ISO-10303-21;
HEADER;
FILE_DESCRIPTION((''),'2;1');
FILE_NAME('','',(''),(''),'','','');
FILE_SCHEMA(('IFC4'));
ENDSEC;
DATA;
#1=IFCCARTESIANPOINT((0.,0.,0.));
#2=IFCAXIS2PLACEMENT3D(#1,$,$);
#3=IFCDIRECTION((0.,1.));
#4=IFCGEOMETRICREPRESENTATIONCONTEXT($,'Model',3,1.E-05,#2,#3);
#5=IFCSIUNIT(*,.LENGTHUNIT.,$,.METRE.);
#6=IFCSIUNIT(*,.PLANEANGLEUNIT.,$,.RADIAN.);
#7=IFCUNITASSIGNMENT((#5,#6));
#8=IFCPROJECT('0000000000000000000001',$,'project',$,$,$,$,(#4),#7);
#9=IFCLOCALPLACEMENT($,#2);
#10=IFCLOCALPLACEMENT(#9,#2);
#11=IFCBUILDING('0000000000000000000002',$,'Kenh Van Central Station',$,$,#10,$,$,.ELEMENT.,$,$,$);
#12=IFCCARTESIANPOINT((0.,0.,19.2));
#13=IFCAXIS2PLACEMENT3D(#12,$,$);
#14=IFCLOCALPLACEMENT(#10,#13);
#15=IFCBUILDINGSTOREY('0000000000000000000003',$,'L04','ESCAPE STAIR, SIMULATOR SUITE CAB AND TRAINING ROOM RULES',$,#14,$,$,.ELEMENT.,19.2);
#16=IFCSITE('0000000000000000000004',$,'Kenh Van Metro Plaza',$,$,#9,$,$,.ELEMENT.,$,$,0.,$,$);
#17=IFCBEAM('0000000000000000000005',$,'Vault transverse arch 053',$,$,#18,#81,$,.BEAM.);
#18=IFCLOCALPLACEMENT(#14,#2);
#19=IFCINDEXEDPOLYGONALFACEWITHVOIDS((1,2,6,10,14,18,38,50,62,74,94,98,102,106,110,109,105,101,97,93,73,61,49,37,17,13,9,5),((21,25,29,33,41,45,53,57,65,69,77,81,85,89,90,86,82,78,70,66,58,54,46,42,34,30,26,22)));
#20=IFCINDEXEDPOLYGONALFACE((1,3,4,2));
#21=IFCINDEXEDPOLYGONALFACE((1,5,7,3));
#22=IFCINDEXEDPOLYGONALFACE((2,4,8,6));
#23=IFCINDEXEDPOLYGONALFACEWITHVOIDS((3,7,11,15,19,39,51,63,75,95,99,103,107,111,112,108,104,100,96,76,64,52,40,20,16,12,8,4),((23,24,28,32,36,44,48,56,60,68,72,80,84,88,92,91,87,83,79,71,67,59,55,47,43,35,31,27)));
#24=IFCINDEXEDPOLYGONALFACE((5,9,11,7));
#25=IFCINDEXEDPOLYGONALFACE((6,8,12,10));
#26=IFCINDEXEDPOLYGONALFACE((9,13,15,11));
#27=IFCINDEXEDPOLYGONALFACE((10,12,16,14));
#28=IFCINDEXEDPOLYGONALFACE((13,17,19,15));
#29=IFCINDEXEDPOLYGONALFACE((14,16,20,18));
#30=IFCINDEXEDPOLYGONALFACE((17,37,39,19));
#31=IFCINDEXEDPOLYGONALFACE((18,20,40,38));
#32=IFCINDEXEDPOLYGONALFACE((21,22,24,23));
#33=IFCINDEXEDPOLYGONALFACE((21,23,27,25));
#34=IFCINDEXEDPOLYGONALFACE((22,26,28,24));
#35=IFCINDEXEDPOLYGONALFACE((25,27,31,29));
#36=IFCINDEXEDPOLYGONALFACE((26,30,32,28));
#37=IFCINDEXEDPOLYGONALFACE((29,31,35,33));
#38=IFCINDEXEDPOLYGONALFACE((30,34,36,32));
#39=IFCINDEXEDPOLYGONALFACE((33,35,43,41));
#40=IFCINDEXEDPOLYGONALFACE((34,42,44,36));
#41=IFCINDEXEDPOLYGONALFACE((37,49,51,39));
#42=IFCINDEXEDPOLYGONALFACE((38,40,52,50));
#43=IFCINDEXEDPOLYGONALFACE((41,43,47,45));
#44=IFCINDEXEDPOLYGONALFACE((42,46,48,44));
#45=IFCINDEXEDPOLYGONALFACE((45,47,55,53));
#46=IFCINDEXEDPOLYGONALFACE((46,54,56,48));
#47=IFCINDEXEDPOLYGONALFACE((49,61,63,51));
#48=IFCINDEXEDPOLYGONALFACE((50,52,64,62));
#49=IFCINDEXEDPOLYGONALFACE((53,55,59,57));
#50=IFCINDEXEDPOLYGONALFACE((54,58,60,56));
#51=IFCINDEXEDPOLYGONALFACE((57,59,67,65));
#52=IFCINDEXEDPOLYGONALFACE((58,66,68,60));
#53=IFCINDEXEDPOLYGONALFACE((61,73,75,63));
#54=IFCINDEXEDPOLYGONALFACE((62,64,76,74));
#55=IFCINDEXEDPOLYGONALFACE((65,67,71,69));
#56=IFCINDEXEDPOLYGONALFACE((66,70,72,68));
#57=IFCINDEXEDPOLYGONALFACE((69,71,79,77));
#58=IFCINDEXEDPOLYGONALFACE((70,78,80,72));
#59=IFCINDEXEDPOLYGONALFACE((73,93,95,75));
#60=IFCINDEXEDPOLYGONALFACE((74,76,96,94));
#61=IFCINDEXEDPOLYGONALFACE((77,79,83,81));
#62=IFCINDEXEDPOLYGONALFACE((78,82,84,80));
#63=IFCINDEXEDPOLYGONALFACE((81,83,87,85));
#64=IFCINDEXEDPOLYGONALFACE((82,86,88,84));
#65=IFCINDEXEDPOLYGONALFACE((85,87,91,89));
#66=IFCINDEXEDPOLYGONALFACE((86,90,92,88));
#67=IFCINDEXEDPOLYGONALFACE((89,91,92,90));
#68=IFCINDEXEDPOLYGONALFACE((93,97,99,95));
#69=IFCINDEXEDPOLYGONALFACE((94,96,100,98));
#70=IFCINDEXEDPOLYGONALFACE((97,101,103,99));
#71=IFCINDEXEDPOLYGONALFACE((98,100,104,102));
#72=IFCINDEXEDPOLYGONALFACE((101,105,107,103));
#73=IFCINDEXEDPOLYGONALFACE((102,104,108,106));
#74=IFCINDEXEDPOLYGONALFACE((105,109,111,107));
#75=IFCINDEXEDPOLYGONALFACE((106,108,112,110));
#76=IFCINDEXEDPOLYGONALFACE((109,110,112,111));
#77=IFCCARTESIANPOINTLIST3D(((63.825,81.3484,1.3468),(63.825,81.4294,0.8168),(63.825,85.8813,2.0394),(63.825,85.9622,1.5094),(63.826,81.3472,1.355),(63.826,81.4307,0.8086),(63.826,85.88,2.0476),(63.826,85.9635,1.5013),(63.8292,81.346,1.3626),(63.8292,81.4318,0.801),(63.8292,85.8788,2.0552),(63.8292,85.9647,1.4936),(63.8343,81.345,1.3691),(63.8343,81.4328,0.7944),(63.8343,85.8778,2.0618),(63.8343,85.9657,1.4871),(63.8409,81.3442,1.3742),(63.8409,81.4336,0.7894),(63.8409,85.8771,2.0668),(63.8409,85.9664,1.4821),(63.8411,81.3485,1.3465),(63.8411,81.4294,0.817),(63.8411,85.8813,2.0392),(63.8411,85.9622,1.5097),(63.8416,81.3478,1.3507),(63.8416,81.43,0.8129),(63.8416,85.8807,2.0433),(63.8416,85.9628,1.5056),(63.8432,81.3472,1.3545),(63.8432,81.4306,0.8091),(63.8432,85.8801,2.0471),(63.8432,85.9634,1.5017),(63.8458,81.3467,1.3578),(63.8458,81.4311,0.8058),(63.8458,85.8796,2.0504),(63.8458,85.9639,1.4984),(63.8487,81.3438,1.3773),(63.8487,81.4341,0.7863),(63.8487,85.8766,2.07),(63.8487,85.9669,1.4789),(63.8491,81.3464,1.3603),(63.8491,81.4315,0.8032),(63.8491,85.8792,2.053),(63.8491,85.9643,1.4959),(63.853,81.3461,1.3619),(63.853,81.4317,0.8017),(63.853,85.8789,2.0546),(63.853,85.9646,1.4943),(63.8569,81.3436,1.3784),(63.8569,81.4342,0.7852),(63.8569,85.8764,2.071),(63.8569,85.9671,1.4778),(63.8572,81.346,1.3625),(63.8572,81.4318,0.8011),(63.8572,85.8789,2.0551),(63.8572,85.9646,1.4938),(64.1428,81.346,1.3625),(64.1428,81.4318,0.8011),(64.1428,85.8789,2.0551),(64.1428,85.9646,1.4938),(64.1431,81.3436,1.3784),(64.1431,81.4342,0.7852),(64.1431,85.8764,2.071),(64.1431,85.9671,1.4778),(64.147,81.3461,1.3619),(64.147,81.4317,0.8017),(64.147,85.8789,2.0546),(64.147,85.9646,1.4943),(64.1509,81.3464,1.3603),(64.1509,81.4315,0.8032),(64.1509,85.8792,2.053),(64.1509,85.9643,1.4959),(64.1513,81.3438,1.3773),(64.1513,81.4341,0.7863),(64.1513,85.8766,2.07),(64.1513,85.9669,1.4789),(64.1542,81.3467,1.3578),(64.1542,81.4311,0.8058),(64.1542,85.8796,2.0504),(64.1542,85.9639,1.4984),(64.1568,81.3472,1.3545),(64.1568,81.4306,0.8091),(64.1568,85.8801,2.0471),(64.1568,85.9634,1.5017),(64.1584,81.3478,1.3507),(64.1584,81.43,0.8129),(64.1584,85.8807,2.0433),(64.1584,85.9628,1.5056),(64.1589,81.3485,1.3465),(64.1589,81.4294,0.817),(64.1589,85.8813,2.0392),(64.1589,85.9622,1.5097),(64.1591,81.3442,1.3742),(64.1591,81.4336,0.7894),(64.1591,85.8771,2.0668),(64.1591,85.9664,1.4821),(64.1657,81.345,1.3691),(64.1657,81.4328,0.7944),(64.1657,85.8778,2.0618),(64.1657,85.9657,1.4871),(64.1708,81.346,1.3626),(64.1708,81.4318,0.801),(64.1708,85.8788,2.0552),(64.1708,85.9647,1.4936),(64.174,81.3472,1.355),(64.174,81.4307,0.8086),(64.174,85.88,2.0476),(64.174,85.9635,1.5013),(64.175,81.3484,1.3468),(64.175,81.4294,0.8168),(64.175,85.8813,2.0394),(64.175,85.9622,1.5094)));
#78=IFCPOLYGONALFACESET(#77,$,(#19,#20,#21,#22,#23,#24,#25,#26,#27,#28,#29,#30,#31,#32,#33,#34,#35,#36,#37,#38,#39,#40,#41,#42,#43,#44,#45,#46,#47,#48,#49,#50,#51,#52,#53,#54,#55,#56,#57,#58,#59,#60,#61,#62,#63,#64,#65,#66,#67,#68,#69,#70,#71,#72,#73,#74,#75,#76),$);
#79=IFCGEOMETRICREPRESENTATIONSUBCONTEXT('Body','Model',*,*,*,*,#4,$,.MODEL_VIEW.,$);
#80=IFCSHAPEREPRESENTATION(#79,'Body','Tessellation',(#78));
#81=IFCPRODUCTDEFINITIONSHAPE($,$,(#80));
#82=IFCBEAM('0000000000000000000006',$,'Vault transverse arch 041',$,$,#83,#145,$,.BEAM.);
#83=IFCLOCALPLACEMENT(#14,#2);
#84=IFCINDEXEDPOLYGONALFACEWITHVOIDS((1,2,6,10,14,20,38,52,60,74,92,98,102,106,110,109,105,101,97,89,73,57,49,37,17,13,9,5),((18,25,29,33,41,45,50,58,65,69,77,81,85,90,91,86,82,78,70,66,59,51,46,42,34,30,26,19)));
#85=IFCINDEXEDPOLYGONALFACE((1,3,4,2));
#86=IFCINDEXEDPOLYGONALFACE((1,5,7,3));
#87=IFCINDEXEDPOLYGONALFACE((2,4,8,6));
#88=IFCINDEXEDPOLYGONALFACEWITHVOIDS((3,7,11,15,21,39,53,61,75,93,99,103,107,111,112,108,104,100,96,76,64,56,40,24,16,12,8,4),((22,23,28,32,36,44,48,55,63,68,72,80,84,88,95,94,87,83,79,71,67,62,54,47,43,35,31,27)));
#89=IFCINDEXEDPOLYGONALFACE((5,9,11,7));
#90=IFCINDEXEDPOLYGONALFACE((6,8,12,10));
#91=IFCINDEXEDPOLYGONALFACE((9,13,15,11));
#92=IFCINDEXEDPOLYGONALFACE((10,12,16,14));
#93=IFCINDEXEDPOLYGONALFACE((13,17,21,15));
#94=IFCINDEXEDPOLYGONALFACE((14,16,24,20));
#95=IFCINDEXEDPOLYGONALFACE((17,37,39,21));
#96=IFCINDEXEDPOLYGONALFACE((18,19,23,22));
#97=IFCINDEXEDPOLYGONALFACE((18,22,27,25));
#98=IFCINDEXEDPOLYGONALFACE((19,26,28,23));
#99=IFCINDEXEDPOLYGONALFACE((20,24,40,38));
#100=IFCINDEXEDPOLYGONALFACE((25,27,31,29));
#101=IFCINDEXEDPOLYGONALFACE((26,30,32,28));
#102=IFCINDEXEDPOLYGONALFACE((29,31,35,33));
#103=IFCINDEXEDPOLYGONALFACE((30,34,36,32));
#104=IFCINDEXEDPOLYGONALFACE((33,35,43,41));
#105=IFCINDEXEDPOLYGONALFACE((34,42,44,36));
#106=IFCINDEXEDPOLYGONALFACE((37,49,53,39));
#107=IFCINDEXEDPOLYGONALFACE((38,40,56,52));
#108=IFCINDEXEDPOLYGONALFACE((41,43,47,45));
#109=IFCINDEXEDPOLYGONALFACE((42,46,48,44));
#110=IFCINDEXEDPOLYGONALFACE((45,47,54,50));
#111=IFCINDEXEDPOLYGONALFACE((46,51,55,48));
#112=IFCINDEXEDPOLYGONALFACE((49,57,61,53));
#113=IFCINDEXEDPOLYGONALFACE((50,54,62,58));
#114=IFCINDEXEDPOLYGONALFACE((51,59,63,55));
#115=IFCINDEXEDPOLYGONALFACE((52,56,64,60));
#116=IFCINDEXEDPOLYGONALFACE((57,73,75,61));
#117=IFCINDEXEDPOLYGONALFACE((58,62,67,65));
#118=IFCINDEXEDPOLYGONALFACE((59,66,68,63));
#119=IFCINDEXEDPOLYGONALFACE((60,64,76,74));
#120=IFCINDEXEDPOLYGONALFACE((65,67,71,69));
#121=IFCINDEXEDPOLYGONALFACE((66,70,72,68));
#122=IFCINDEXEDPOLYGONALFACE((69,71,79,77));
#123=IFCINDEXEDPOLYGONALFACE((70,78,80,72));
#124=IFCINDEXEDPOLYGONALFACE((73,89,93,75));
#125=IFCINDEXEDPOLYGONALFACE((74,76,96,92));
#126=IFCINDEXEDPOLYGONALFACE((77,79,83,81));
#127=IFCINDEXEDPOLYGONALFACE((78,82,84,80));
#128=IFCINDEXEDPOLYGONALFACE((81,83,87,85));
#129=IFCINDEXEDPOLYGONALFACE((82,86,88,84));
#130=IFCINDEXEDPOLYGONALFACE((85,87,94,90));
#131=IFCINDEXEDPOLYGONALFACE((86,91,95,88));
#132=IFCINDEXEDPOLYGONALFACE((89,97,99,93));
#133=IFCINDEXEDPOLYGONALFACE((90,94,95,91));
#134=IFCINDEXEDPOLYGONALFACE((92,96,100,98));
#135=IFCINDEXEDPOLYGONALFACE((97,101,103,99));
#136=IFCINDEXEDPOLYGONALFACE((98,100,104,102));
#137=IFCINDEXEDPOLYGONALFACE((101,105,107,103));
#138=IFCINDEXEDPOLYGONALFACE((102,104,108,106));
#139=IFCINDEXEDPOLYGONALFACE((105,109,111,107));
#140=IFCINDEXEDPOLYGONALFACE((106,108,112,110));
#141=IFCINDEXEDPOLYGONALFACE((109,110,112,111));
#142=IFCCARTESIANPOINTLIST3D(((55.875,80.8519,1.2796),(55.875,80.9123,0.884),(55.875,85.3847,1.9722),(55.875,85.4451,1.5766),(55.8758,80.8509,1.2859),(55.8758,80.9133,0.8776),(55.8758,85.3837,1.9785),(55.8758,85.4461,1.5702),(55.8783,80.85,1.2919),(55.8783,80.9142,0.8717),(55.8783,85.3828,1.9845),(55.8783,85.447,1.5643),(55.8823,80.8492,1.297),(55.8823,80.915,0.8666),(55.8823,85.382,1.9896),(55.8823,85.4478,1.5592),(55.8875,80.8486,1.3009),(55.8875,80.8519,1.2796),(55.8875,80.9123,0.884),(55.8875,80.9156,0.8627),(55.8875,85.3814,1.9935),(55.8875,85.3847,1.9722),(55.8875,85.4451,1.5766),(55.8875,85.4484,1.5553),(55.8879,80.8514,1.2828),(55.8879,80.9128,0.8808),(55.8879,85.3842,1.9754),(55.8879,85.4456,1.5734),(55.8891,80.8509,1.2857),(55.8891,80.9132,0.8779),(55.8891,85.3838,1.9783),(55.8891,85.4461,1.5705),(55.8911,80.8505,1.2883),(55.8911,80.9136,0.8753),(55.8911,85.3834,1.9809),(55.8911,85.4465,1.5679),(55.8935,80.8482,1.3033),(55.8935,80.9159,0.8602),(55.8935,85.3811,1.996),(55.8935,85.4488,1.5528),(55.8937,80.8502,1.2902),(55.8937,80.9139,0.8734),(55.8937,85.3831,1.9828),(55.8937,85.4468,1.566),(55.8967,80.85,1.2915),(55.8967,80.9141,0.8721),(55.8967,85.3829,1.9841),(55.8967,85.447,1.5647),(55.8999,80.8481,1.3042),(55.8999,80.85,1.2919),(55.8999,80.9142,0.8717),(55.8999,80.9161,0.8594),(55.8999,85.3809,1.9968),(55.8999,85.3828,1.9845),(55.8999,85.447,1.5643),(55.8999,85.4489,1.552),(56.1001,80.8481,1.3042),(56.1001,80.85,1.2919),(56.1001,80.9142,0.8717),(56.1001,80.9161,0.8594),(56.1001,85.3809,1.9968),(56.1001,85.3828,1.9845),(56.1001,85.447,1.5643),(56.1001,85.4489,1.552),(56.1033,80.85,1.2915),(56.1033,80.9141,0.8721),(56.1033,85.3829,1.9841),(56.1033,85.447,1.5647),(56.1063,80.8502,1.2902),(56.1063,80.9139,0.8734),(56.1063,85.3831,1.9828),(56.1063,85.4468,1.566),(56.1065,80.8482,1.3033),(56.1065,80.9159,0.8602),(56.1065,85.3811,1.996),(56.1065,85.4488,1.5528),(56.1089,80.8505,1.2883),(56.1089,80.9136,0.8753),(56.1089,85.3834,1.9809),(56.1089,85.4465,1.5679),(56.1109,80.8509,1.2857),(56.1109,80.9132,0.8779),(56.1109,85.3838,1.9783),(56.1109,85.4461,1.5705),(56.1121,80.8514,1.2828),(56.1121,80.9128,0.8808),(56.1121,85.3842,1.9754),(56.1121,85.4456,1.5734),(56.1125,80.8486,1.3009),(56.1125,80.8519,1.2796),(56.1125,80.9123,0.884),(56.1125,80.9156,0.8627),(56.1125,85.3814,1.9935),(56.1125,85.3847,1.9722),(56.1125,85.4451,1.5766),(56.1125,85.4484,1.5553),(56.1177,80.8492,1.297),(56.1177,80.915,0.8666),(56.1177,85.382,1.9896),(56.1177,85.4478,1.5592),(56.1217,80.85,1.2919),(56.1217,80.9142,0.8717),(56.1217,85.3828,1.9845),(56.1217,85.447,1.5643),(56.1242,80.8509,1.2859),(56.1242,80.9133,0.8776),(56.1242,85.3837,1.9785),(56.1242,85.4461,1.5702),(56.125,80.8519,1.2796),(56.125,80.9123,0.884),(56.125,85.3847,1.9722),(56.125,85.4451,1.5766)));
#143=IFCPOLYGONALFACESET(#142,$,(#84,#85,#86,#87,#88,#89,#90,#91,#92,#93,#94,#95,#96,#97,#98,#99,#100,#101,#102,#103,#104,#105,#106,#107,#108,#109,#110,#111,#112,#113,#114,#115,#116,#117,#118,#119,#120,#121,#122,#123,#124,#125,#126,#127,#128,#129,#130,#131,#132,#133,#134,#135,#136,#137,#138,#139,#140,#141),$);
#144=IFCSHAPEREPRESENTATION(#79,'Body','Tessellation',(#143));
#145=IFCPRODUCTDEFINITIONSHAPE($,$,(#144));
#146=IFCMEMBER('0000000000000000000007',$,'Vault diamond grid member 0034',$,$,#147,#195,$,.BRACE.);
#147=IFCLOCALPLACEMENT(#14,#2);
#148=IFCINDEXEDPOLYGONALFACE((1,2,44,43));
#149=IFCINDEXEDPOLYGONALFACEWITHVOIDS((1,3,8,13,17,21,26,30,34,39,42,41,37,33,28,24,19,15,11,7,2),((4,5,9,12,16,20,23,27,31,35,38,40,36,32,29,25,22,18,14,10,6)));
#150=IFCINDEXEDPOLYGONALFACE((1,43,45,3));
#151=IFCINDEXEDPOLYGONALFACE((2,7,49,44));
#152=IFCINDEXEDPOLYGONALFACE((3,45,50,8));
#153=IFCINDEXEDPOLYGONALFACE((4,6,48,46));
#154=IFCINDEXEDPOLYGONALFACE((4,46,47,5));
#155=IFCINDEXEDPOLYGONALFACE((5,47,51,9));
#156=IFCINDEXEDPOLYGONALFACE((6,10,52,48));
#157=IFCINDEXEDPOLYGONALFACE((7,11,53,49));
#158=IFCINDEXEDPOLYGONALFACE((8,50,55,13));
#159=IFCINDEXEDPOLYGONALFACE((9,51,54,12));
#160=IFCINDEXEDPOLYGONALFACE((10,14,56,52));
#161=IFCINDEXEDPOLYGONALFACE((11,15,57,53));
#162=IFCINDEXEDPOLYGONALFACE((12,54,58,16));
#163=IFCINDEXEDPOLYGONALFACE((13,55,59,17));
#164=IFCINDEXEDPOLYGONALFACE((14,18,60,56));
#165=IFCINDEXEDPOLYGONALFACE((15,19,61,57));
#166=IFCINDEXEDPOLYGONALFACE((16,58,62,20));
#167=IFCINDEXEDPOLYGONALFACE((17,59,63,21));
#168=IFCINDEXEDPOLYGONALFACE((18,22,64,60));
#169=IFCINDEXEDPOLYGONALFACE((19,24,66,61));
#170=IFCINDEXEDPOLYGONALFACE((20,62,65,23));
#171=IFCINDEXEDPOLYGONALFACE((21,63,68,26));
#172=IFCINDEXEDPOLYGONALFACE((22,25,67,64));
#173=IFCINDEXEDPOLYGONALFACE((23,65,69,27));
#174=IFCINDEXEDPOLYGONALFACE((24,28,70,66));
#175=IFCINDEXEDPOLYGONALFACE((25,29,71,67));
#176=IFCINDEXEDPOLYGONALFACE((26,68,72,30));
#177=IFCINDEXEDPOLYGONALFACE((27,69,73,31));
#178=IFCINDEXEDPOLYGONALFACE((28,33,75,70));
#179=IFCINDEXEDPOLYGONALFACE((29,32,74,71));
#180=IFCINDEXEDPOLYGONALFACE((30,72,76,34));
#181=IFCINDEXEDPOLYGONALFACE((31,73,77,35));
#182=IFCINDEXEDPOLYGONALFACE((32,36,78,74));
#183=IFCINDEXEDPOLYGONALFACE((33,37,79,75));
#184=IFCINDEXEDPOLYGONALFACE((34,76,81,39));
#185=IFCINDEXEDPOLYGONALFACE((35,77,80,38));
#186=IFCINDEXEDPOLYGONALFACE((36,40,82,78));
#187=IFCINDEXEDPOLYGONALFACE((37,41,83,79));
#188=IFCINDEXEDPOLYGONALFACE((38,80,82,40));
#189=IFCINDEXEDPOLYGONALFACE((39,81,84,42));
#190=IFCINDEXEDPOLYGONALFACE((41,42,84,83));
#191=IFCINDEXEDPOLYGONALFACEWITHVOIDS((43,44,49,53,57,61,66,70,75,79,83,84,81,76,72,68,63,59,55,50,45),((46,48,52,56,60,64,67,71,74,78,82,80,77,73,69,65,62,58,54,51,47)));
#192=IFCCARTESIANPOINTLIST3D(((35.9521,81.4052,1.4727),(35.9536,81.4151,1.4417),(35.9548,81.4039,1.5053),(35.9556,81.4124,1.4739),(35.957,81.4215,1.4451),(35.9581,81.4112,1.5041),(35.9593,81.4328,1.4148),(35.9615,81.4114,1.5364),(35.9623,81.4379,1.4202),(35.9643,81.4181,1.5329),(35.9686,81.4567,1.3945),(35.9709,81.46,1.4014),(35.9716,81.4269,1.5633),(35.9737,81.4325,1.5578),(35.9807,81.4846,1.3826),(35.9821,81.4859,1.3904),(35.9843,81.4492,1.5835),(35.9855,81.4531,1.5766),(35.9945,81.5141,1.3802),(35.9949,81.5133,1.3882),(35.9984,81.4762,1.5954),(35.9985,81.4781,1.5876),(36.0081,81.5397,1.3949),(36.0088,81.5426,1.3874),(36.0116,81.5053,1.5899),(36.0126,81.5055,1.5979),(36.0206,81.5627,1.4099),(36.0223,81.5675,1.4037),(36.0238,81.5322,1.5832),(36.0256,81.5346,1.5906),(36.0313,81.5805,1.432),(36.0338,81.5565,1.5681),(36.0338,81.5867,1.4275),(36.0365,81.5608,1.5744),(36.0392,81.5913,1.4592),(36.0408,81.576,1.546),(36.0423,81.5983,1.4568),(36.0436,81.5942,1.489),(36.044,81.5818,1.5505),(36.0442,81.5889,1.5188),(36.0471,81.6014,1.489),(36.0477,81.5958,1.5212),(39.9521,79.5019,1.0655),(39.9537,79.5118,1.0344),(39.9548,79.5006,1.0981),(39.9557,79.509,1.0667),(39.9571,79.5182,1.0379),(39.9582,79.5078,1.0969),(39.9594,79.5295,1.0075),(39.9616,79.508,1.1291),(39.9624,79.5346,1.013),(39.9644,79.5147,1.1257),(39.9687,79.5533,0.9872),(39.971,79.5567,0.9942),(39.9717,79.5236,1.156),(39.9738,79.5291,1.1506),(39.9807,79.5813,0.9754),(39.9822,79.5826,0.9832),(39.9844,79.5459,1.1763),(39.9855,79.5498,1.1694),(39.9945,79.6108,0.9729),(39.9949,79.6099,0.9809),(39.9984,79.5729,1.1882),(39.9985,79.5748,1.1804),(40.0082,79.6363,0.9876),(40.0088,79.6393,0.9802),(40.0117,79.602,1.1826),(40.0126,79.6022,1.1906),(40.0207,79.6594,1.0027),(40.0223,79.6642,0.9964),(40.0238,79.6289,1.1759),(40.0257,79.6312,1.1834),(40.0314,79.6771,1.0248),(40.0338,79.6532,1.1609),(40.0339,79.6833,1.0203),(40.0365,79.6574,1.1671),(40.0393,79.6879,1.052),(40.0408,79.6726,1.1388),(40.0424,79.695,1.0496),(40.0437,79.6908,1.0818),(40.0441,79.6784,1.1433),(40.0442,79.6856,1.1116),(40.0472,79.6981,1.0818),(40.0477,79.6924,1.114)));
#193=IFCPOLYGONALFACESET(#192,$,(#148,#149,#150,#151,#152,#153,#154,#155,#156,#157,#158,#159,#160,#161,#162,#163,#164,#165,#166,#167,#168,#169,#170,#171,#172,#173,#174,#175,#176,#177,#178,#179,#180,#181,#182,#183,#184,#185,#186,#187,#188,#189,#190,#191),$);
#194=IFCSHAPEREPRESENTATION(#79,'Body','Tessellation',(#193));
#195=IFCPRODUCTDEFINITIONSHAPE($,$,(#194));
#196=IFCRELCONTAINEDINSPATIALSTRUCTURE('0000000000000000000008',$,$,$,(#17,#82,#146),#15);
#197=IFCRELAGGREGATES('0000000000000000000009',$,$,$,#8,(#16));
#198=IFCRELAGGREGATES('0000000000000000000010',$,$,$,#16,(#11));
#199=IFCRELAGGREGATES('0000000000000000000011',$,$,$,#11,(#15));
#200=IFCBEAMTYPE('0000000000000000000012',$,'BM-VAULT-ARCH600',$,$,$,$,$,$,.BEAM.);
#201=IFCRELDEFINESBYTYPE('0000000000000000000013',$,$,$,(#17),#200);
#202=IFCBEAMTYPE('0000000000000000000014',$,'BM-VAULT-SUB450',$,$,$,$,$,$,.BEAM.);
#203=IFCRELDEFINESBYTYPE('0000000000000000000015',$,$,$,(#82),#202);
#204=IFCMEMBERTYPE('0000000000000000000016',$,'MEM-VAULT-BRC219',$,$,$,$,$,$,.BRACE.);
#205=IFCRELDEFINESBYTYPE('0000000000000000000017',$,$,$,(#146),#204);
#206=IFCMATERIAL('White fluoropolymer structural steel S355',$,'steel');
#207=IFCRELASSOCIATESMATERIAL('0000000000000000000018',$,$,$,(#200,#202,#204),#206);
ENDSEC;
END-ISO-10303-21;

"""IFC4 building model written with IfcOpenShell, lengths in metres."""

from ifc_helpers import new_model, si_unit, direction, frame, origin, origin_2d, place, context, subcontext, project, spatial, hollow_rectangle, hollow_circle, extrude, material, material_profile, profile_set, type_object, element, save


model = new_model("IFC4")

# Units and contexts
model_context = context("Model", 3, precision=1e-05, world=origin(), true_north=direction((0.0, 1.0)))
body_context = subcontext(model_context, "Body", "Model", "MODEL_VIEW")
ifc_project = project(units=[si_unit("LENGTHUNIT", "METRE"), si_unit("PLANEANGLEUNIT", "RADIAN")], contexts=[model_context])

# Site, building, storey
site_placement = place(None, origin())
site = spatial("IfcSite", under=ifc_project, at=site_placement, Name="Kenh Van Metro Plaza", CompositionType="ELEMENT", RefElevation=0.0)
building_placement = place(site_placement, origin())
building = spatial("IfcBuilding", under=site, at=building_placement, Name="Kenh Van Central Station", CompositionType="ELEMENT")
storey_placement = place(building_placement, frame((0.0, 0.0, 19.2)))
storey = spatial("IfcBuildingStorey", under=building, at=storey_placement, Name="L04", Description="ESCAPE STAIR, SIMULATOR SUITE CAB AND TRAINING ROOM RULES", CompositionType="ELEMENT", Elevation=19.2)

# Beams
ifc_material_1 = material(Name="White fluoropolymer structural steel S355", Category="steel")
ifc_material_profile_1 = material_profile(ifc_material_1, hollow_rectangle(XDim=0.3501, YDim=0.6001, WallThickness=0.0161, InnerFilletRadius=0.0161, OuterFilletRadius=0.032, at=origin_2d()), Name="RHS 600x350x16")
ifc_profile_set_1 = profile_set([ifc_material_profile_1], Name="White fluoropolymer structural steel S355")
beam_type_1 = type_object("IfcBeamType", Name="BM-VAULT-ARCH600", PredefinedType="BEAM", material=ifc_profile_set_1)
beam_1_placement = place(storey_placement, frame((64.0, 81.3889, 1.0818), z_axis=(0.0, 0.988526, 0.151053), x_axis=(-1.0, 0.0, 0.0)))
element("IfcBeam", 1, at=beam_1_placement, inside=storey, type_object=beam_type_1, Name="Vault transverse arch 053", PredefinedType="BEAM", context=body_context, shape_type="SweptSolid", body=[
    extrude(hollow_rectangle(XDim=0.3501, YDim=0.6001, WallThickness=0.0161, InnerFilletRadius=0.0161, OuterFilletRadius=0.032, at=origin_2d()), origin(), (0.0, 0.0, 1.0), 4.5854),
])
ifc_material_profile_2 = material_profile(ifc_material_1, hollow_rectangle(XDim=0.25, YDim=0.45, WallThickness=0.0125, InnerFilletRadius=0.0125, OuterFilletRadius=0.0249, at=origin_2d()), Name="RHS 450x250x12.5")
ifc_profile_set_2 = profile_set([ifc_material_profile_2], Name="White fluoropolymer structural steel S355")
beam_type_2 = type_object("IfcBeamType", Name="BM-VAULT-SUB450", PredefinedType="BEAM", material=ifc_profile_set_2)
beam_2_placement = place(storey_placement, frame((56.0, 80.8821, 1.0818), z_axis=(0.0, 0.988527, 0.151045), x_axis=(-1.0, 0.0, 0.0)))
element("IfcBeam", 2, at=beam_2_placement, inside=storey, type_object=beam_type_2, Name="Vault transverse arch 041", PredefinedType="BEAM", context=body_context, shape_type="SweptSolid", body=[
    extrude(hollow_rectangle(XDim=0.25, YDim=0.45, WallThickness=0.0125, InnerFilletRadius=0.0125, OuterFilletRadius=0.0249, at=origin_2d()), origin(), (0.0, 0.0, 1.0), 4.5854),
])

# Member
ifc_material_profile_3 = material_profile(ifc_material_1, hollow_circle(Radius=0.1096, WallThickness=0.0081, at=origin_2d()), Name="CHS 219.1x8")
ifc_profile_set_3 = profile_set([ifc_material_profile_3], Name="White fluoropolymer structural steel S355")
member_type_1 = type_object("IfcMemberType", Name="MEM-VAULT-BRC219", PredefinedType="BRACE", material=ifc_profile_set_3)
member_1_placement = place(storey_placement, frame((36.0, 81.5024, 1.489), z_axis=(0.899195, -0.427864, -0.091544), x_axis=(0.429668, 0.902987, 0.0)))
element("IfcMember", 3, at=member_1_placement, inside=storey, type_object=member_type_1, Name="Vault diamond grid member 0034", PredefinedType="BRACE", context=body_context, shape_type="SweptSolid", body=[
    extrude(hollow_circle(Radius=0.1096, WallThickness=0.0081, at=origin_2d()), origin(), (0.0, 0.0, 1.0), 4.4485),
])

save(model, "model.ifc")
